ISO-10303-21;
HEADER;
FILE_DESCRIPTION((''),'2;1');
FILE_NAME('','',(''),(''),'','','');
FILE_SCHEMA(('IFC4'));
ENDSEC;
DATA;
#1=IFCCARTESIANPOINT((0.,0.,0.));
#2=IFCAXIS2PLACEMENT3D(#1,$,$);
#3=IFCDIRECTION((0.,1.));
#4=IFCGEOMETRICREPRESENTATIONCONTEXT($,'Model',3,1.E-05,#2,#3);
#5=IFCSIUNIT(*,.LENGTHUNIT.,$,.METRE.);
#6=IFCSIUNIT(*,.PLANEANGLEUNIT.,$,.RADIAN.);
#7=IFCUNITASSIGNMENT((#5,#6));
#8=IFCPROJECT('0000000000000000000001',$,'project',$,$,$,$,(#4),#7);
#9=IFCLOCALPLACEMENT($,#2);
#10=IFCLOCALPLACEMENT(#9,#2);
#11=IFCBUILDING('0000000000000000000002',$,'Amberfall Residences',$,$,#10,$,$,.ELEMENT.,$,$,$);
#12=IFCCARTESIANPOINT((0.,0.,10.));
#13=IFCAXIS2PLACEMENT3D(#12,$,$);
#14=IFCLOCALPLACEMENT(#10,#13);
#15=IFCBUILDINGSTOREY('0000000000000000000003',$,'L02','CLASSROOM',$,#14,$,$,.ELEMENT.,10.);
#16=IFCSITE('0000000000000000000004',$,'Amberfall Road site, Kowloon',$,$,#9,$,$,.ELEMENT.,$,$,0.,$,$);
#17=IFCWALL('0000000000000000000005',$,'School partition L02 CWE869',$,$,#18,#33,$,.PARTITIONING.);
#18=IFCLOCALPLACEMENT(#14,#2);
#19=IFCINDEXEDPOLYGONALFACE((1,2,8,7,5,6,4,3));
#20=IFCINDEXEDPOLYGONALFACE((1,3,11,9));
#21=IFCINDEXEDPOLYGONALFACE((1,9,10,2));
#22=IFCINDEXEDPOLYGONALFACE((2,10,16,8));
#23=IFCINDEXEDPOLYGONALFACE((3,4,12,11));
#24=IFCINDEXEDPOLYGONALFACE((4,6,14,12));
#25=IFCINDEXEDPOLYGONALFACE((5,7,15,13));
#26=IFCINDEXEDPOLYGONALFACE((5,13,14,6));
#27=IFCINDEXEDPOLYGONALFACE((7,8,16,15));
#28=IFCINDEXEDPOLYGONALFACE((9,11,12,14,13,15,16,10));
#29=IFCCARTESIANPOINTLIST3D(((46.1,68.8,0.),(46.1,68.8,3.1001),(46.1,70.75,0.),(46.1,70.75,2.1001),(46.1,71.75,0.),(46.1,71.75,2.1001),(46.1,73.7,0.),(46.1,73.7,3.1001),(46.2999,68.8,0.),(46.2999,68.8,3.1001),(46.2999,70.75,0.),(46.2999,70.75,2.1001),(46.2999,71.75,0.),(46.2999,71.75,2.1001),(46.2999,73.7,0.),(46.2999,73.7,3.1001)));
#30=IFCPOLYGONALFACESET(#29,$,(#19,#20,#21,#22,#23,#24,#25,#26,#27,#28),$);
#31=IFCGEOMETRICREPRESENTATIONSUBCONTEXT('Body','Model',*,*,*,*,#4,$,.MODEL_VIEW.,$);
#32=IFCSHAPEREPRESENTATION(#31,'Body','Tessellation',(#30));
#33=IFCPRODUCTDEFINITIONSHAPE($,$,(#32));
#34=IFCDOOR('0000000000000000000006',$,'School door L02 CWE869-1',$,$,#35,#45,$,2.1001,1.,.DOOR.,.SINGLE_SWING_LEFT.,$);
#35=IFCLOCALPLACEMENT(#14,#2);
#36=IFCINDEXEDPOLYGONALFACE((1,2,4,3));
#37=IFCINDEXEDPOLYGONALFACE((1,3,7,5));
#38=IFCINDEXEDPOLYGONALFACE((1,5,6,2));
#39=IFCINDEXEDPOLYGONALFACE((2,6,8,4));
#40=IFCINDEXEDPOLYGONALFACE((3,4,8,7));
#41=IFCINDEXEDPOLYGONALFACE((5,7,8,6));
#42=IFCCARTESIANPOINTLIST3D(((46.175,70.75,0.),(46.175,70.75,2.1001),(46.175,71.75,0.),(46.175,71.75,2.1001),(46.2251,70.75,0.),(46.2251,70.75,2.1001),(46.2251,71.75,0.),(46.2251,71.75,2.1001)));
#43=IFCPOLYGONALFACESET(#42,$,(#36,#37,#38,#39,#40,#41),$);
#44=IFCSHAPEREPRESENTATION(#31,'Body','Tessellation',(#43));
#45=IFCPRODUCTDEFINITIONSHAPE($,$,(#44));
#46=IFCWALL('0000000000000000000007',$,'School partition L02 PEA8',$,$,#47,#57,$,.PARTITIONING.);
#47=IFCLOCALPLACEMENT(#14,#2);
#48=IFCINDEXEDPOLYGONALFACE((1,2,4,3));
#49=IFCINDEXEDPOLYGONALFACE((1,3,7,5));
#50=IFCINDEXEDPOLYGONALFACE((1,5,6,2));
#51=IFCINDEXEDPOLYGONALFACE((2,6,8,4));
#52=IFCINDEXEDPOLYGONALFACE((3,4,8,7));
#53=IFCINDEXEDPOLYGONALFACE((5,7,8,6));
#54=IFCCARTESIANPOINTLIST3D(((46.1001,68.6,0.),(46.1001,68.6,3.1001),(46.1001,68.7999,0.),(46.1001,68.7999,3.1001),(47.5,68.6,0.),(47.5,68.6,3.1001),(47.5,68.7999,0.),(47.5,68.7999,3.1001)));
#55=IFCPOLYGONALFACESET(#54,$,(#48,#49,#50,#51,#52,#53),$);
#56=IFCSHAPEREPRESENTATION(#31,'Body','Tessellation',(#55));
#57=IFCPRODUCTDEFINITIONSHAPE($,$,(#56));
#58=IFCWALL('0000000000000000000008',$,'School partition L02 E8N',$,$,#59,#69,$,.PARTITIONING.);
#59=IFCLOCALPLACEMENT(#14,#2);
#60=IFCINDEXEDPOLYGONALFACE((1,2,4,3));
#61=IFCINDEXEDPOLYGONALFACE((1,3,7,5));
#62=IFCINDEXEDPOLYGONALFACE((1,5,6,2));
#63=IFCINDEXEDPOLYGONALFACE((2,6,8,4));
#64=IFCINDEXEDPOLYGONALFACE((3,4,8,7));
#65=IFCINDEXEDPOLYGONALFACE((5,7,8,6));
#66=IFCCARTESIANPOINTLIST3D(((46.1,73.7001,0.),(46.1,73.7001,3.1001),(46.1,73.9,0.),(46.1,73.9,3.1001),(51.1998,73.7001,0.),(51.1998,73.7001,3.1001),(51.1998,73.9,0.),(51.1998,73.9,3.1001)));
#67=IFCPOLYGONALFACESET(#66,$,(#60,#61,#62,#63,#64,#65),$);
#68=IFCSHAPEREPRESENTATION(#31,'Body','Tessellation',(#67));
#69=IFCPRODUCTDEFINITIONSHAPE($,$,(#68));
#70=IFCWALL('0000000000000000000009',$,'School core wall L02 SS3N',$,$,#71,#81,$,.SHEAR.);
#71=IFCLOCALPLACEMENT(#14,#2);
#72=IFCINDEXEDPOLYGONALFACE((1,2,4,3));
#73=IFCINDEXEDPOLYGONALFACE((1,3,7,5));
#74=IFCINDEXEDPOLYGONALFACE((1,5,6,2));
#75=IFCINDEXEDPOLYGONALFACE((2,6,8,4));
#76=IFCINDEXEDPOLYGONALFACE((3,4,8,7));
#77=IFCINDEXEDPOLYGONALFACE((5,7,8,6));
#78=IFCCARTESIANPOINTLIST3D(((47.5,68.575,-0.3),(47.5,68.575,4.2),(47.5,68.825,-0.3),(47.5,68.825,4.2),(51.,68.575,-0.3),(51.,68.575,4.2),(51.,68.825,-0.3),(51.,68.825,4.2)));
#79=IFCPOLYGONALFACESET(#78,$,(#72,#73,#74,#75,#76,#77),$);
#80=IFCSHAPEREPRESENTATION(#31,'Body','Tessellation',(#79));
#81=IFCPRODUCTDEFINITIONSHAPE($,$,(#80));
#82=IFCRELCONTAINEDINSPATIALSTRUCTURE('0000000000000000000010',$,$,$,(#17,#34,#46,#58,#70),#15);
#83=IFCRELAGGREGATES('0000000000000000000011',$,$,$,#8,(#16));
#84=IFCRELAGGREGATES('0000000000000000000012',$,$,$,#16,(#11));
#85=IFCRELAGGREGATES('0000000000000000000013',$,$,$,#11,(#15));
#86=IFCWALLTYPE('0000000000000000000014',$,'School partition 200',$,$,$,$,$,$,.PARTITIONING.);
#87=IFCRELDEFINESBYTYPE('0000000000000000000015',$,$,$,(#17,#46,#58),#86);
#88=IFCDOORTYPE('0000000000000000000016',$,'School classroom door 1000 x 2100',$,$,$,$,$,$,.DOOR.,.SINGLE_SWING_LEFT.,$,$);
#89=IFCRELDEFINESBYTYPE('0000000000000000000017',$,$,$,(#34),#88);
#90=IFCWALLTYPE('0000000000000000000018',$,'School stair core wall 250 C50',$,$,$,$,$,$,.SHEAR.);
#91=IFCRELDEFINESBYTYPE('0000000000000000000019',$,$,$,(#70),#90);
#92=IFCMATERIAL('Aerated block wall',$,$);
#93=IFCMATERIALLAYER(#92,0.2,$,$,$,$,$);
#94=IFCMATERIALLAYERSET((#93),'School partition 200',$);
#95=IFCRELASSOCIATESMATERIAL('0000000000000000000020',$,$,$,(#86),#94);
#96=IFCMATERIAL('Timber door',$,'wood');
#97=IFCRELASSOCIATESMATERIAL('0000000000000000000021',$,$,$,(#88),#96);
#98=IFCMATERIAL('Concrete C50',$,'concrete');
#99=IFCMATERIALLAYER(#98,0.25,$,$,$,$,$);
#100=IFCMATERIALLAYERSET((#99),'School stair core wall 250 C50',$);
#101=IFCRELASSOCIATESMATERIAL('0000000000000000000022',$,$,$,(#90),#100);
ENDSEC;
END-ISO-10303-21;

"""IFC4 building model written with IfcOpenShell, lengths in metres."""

from ifc_helpers import new_model, si_unit, direction, frame, frame_2d, origin, place, context, subcontext, project, spatial, rectangle, extrude, material, layer, layer_set, type_object, element, fill, save


model = new_model("IFC4")

# Units and contexts
model_context = context("Model", 3, precision=1e-05, world=origin(), true_north=direction((0.0, 1.0)))
body_context = subcontext(model_context, "Body", "Model", "MODEL_VIEW")
ifc_project = project(units=[si_unit("LENGTHUNIT", "METRE"), si_unit("PLANEANGLEUNIT", "RADIAN")], contexts=[model_context])

# Site, building, storey
site_placement = place(None, origin())
site = spatial("IfcSite", under=ifc_project, at=site_placement, Name="Amberfall Road site, Kowloon", CompositionType="ELEMENT", RefElevation=0.0)
building_placement = place(site_placement, origin())
building = spatial("IfcBuilding", under=site, at=building_placement, Name="Amberfall Residences", CompositionType="ELEMENT")
storey_placement = place(building_placement, frame((0.0, 0.0, 10.0)))
storey = spatial("IfcBuildingStorey", under=building, at=storey_placement, Name="L02", Description="CLASSROOM", CompositionType="ELEMENT", Elevation=10.0)

# Shared definitions
ifc_material_1 = material(Name="Aerated block wall")

# Shared definitions
ifc_layer_1 = layer(ifc_material_1, 0.2)
ifc_layer_set_1 = layer_set([ifc_layer_1], Name="School partition 200")
wall_type_1 = type_object("IfcWallType", Name="School partition 200", PredefinedType="PARTITIONING", material=ifc_layer_set_1)
ifc_material_2 = material(Name="Timber door", Category="wood")
door_type = type_object("IfcDoorType", Name="School classroom door 1000 x 2100", OperationType="SINGLE_SWING_LEFT", PredefinedType="DOOR", material=ifc_material_2)

# Wall, opening, door
wall_1_placement = place(storey_placement, frame((46.2, 68.8, 0.0), z_axis=(0.0, 0.0, 1.0), x_axis=(0.0, 1.0, 0.0)))
wall_1 = element("IfcWall", 1, at=wall_1_placement, inside=storey, type_object=wall_type_1, Name="School partition L02 CWE869", PredefinedType="PARTITIONING", context=body_context, shape_type="SweptSolid", body=[
    extrude(rectangle(XDim=4.8999, YDim=0.2, at=frame_2d((2.45, 0.0))), origin(), (0.0, 0.0, 1.0), 3.1001),
])
opening_1_placement = place(wall_1_placement, frame((1.95, 0.0, 0.0)))
opening_1 = element("IfcOpeningElement", 2, at=opening_1_placement, cuts=wall_1, PredefinedType="OPENING", context=body_context, shape_type="SweptSolid", body=[
    extrude(rectangle(XDim=1.0, YDim=2.1001, at=frame_2d((0.5, 1.05))), frame((0.0, 0.1099, 0.0), z_axis=(0.0, -1.0, 0.0), x_axis=(1.0, 0.0, 0.0)), (0.0, 0.0, 1.0), 0.22),
])
door_1_placement = place(opening_1_placement, origin())
door_1 = element("IfcDoor", 3, at=door_1_placement, inside=storey, type_object=door_type, Name="School door L02 CWE869-1", OperationType="SINGLE_SWING_LEFT", OverallHeight=2.1001, OverallWidth=1.0, PredefinedType="DOOR", context=body_context, shape_type="SweptSolid", body=[
    extrude(rectangle(XDim=1.0, YDim=2.1001, at=frame_2d((0.5, 1.05))), frame((0.0, 0.0249, 0.0), z_axis=(0.0, -1.0, 0.0), x_axis=(1.0, 0.0, 0.0)), (0.0, 0.0, 1.0), 0.05),
])
fill(opening_1, door_1)

# Walls
wall_2_placement = place(storey_placement, frame((46.1001, 68.7, 0.0), z_axis=(0.0, 0.0, 1.0), x_axis=(1.0, 0.0, 0.0)))
element("IfcWall", 4, at=wall_2_placement, inside=storey, type_object=wall_type_1, Name="School partition L02 PEA8", PredefinedType="PARTITIONING", context=body_context, shape_type="SweptSolid", body=[
    extrude(rectangle(XDim=1.3999, YDim=0.2, at=frame_2d((0.7, 0.0))), origin(), (0.0, 0.0, 1.0), 3.1001),
])
wall_3_placement = place(storey_placement, frame((46.1001, 73.8, 0.0), z_axis=(0.0, 0.0, 1.0), x_axis=(1.0, 0.0, 0.0)))
element("IfcWall", 5, at=wall_3_placement, inside=storey, type_object=wall_type_1, Name="School partition L02 E8N", PredefinedType="PARTITIONING", context=body_context, shape_type="SweptSolid", body=[
    extrude(rectangle(XDim=5.0999, YDim=0.2, at=frame_2d((2.5498, 0.0))), origin(), (0.0, 0.0, 1.0), 3.1001),
])
ifc_material_3 = material(Name="Concrete C50", Category="concrete")
ifc_layer_2 = layer(ifc_material_3, 0.25)
ifc_layer_set_2 = layer_set([ifc_layer_2], Name="School stair core wall 250 C50")
wall_type_2 = type_object("IfcWallType", Name="School stair core wall 250 C50", PredefinedType="SHEAR", material=ifc_layer_set_2)
wall_4_placement = place(storey_placement, frame((47.5, 68.7, -0.3), z_axis=(0.0, 0.0, 1.0), x_axis=(1.0, 0.0, 0.0)))
element("IfcWall", 6, at=wall_4_placement, inside=storey, type_object=wall_type_2, Name="School core wall L02 SS3N", PredefinedType="SHEAR", context=body_context, shape_type="SweptSolid", body=[
    extrude(rectangle(XDim=3.5, YDim=0.25, at=frame_2d((1.75, 0.0))), origin(), (0.0, 0.0, 1.0), 4.5),
])

save(model, "model.ifc")
